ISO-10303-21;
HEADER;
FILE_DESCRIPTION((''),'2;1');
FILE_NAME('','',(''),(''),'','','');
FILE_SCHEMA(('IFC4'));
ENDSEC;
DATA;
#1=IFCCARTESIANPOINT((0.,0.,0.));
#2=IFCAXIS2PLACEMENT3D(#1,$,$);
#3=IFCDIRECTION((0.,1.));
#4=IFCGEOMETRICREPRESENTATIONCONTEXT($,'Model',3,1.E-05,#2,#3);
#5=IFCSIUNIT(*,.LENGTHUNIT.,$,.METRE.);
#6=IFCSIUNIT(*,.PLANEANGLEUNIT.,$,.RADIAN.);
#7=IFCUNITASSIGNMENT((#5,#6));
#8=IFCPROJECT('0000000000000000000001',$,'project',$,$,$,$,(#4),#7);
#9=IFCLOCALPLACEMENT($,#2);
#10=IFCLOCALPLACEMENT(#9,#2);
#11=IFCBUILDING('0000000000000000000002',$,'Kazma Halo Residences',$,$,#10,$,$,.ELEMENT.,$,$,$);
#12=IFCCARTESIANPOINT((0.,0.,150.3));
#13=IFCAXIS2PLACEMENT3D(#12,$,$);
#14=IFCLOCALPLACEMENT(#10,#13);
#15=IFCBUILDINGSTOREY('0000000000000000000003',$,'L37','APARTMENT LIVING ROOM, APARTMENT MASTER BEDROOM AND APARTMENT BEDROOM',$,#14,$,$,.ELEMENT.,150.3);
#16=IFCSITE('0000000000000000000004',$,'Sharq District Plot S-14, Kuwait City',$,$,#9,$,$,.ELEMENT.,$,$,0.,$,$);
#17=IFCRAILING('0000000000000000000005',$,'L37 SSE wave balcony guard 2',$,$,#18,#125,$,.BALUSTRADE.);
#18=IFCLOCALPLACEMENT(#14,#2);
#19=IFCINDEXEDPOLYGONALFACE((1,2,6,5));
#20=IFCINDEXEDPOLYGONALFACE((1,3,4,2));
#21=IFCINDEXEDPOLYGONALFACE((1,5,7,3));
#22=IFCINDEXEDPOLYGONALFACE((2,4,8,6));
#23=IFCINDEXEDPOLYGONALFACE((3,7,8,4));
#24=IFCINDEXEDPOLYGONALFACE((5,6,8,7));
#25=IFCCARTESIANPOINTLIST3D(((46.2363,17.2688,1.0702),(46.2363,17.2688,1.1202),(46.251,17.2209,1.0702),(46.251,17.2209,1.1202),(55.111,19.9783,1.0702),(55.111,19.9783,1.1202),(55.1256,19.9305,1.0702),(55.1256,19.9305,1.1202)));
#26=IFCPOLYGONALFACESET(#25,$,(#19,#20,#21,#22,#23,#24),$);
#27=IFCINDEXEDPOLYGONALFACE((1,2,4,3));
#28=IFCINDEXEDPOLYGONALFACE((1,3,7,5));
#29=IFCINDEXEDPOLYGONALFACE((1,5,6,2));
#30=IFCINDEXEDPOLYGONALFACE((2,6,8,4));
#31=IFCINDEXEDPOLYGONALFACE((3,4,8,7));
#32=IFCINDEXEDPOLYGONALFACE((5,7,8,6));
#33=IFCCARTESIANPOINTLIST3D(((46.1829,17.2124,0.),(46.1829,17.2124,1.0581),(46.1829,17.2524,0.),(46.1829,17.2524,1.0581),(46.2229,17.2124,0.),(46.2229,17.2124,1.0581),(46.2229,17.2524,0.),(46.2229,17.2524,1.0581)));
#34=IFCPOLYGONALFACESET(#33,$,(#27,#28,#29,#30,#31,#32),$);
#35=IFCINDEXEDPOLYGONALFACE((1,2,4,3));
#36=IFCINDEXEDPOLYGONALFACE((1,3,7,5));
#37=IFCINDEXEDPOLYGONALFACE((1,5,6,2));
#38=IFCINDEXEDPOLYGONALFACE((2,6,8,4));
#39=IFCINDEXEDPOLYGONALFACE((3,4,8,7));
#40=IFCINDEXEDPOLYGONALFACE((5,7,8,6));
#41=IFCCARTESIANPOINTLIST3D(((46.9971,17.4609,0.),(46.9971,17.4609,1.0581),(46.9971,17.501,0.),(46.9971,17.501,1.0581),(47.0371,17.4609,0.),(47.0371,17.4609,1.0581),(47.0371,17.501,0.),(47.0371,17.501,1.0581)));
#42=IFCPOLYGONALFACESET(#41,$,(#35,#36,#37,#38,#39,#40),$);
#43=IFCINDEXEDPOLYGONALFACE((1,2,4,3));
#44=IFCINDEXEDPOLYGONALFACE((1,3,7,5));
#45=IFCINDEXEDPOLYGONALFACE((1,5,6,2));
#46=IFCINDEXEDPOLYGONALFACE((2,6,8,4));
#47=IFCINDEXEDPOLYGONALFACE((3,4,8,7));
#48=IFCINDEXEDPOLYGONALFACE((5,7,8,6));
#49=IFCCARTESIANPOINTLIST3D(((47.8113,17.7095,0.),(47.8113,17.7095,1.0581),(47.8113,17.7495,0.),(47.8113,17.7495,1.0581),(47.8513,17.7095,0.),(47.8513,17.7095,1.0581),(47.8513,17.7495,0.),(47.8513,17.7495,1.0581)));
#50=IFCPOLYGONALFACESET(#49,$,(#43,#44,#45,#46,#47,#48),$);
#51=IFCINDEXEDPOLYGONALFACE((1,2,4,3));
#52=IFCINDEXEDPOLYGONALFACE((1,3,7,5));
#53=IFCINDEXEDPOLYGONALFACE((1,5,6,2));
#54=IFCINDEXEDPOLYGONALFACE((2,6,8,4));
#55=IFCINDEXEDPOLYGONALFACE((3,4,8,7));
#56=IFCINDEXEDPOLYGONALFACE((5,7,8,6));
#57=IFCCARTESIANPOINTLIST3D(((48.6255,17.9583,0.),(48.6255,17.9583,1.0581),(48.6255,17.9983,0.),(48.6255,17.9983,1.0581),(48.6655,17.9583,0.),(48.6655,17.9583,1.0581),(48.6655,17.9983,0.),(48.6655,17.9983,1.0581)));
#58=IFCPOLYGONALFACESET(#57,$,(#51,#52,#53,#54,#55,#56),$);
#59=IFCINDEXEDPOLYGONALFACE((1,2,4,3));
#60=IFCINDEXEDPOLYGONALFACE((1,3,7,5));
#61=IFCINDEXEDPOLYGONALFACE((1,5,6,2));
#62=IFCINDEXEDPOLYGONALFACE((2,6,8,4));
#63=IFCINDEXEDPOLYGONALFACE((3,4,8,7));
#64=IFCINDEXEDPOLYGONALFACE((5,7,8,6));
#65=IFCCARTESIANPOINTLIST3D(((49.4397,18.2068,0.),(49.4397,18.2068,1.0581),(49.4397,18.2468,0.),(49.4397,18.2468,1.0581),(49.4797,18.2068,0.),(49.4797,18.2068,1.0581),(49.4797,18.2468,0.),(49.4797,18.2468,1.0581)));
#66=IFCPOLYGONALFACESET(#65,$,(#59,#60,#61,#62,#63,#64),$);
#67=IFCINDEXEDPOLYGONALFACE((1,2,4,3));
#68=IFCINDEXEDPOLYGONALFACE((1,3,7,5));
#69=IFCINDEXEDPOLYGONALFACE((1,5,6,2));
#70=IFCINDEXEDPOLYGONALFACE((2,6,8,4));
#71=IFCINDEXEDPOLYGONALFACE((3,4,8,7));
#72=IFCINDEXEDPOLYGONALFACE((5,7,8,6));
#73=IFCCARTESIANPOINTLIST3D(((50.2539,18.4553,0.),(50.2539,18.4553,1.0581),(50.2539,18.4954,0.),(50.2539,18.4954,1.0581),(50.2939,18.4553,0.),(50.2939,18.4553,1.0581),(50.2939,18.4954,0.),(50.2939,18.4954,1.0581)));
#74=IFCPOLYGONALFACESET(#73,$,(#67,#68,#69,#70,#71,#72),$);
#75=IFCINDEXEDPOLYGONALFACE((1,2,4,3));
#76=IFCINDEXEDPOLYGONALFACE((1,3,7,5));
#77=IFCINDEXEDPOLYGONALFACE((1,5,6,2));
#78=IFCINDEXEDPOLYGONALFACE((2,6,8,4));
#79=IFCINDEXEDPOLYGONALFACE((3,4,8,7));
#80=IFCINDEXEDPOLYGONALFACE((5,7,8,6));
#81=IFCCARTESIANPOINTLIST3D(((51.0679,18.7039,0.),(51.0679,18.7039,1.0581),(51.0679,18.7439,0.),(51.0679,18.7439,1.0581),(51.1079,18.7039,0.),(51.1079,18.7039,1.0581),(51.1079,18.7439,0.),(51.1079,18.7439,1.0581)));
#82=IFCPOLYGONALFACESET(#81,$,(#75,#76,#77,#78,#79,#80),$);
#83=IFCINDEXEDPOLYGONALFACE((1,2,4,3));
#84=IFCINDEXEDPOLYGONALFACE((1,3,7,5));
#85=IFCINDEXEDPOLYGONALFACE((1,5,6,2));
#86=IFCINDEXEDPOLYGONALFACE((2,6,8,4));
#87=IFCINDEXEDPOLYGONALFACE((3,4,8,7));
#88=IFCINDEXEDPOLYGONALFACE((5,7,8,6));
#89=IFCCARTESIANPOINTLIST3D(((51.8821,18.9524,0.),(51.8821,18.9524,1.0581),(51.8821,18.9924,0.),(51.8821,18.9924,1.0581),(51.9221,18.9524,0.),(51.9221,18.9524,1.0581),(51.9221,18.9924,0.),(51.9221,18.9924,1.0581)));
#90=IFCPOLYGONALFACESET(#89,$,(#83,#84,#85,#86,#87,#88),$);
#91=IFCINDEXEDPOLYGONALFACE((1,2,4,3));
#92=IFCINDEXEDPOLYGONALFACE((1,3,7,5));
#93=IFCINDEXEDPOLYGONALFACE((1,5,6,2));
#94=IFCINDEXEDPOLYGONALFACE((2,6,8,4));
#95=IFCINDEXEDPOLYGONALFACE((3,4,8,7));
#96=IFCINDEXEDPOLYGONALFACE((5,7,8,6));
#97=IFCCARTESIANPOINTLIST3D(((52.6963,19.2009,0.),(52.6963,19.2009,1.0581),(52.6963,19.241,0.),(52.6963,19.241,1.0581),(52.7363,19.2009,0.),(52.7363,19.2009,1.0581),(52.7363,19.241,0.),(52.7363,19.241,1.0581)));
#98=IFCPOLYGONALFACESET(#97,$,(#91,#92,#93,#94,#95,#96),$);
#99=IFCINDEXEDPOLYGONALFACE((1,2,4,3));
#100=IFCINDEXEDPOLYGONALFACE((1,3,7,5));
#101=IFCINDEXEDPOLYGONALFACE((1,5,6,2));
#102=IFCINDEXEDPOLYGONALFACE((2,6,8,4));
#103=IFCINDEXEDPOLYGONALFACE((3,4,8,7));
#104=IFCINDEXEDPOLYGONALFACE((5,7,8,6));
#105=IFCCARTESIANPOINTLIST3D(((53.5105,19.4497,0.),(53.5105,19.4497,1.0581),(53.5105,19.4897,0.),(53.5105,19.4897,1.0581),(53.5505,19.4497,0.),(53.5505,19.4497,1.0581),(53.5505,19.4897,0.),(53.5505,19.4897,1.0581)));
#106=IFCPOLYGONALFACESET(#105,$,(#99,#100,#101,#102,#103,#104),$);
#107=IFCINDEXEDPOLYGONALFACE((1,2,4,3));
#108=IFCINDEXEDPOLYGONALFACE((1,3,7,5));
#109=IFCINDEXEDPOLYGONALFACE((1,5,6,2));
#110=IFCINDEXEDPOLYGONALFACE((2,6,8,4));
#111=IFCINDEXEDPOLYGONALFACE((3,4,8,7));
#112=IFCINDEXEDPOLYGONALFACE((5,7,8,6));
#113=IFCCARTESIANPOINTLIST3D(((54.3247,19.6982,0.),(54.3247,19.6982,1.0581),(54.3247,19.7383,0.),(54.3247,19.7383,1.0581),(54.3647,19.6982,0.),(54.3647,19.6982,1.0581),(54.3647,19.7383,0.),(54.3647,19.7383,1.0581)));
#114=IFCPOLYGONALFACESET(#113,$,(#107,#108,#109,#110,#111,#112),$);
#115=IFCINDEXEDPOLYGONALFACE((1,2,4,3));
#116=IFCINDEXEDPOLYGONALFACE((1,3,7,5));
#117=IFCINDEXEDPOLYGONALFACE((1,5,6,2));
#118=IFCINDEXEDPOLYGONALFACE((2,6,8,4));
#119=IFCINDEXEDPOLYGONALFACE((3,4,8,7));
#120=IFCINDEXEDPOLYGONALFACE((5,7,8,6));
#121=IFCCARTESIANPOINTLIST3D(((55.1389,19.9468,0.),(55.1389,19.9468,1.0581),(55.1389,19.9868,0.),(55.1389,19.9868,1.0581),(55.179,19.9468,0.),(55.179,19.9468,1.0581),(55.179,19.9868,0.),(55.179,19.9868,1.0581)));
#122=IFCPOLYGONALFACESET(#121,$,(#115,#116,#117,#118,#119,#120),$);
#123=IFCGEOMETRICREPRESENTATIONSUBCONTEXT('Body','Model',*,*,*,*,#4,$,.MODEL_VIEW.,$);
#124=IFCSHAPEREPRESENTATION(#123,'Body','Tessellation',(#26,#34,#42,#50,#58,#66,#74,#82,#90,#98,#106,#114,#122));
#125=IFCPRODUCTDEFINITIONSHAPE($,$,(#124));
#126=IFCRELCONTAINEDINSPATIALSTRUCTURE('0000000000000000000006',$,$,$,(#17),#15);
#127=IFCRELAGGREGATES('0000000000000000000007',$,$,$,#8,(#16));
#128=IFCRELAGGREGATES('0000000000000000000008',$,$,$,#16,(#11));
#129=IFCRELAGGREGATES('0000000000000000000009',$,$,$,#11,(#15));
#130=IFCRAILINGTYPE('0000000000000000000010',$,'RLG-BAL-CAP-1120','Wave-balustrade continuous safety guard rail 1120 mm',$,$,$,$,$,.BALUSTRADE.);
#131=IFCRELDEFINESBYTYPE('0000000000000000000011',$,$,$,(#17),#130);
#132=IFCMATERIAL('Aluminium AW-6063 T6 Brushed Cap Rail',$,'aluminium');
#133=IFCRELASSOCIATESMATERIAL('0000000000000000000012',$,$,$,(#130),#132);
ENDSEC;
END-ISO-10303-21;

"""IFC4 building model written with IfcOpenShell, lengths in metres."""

from ifc_helpers import new_model, si_unit, direction, frame, origin, origin_2d, place, context, subcontext, project, spatial, rectangle, extrude, material, type_object, element, save


model = new_model("IFC4")

# Units and contexts
model_context = context("Model", 3, precision=1e-05, world=origin(), true_north=direction((0.0, 1.0)))
body_context = subcontext(model_context, "Body", "Model", "MODEL_VIEW")
ifc_project = project(units=[si_unit("LENGTHUNIT", "METRE"), si_unit("PLANEANGLEUNIT", "RADIAN")], contexts=[model_context])

# Site, building, storey
site_placement = place(None, origin())
site = spatial("IfcSite", under=ifc_project, at=site_placement, Name="Sharq District Plot S-14, Kuwait City", CompositionType="ELEMENT", RefElevation=0.0)
building_placement = place(site_placement, origin())
building = spatial("IfcBuilding", under=site, at=building_placement, Name="Kazma Halo Residences", CompositionType="ELEMENT")
storey_placement = place(building_placement, frame((0.0, 0.0, 150.3)))
storey = spatial("IfcBuildingStorey", under=building, at=storey_placement, Name="L37", Description="APARTMENT LIVING ROOM, APARTMENT MASTER BEDROOM AND APARTMENT BEDROOM", CompositionType="ELEMENT", Elevation=150.3)

# Railing
ifc_material_1 = material(Name="Aluminium AW-6063 T6 Brushed Cap Rail", Category="aluminium")
railing_type = type_object("IfcRailingType", Name="RLG-BAL-CAP-1120", Description="Wave-balustrade continuous safety guard rail 1120 mm", PredefinedType="BALUSTRADE", material=ifc_material_1)
railing_1_placement = place(storey_placement, frame((46.2029, 17.2324, 0.0)))
element("IfcRailing", 1, at=railing_1_placement, inside=storey, type_object=railing_type, Name="L37 SSE wave balcony guard 2", PredefinedType="BALUSTRADE", context=body_context, shape_type="SweptSolid", body=[
    extrude(rectangle(XDim=0.05, YDim=0.05, at=origin_2d()), frame((0.0408, 0.0125, 1.0952), z_axis=(0.956417, 0.292004, 0.0), x_axis=(-0.292004, 0.956417, 0.0)), (0.0, 0.0, 1.0), 9.2791),
    extrude(rectangle(XDim=0.04, YDim=0.04, at=origin_2d()), origin(), (0.0, 0.0, 1.0), 1.0581),
    extrude(rectangle(XDim=0.04, YDim=0.04, at=origin_2d()), frame((0.8142, 0.2485, 0.0)), (0.0, 0.0, 1.0), 1.0581),
    extrude(rectangle(XDim=0.04, YDim=0.04, at=origin_2d()), frame((1.6284, 0.4971, 0.0)), (0.0, 0.0, 1.0), 1.0581),
    extrude(rectangle(XDim=0.04, YDim=0.04, at=origin_2d()), frame((2.4426, 0.7458, 0.0)), (0.0, 0.0, 1.0), 1.0581),
    extrude(rectangle(XDim=0.04, YDim=0.04, at=origin_2d()), frame((3.2568, 0.9944, 0.0)), (0.0, 0.0, 1.0), 1.0581),
    extrude(rectangle(XDim=0.04, YDim=0.04, at=origin_2d()), frame((4.071, 1.2429, 0.0)), (0.0, 0.0, 1.0), 1.0581),
    extrude(rectangle(XDim=0.04, YDim=0.04, at=origin_2d()), frame((4.885, 1.4915, 0.0)), (0.0, 0.0, 1.0), 1.0581),
    extrude(rectangle(XDim=0.04, YDim=0.04, at=origin_2d()), frame((5.6992, 1.74, 0.0)), (0.0, 0.0, 1.0), 1.0581),
    extrude(rectangle(XDim=0.04, YDim=0.04, at=origin_2d()), frame((6.5134, 1.9885, 0.0)), (0.0, 0.0, 1.0), 1.0581),
    extrude(rectangle(XDim=0.04, YDim=0.04, at=origin_2d()), frame((7.3276, 2.2373, 0.0)), (0.0, 0.0, 1.0), 1.0581),
    extrude(rectangle(XDim=0.04, YDim=0.04, at=origin_2d()), frame((8.1418, 2.4858, 0.0)), (0.0, 0.0, 1.0), 1.0581),
    extrude(rectangle(XDim=0.04, YDim=0.04, at=origin_2d()), frame((8.9561, 2.7344, 0.0)), (0.0, 0.0, 1.0), 1.0581),
])

save(model, "model.ifc")
